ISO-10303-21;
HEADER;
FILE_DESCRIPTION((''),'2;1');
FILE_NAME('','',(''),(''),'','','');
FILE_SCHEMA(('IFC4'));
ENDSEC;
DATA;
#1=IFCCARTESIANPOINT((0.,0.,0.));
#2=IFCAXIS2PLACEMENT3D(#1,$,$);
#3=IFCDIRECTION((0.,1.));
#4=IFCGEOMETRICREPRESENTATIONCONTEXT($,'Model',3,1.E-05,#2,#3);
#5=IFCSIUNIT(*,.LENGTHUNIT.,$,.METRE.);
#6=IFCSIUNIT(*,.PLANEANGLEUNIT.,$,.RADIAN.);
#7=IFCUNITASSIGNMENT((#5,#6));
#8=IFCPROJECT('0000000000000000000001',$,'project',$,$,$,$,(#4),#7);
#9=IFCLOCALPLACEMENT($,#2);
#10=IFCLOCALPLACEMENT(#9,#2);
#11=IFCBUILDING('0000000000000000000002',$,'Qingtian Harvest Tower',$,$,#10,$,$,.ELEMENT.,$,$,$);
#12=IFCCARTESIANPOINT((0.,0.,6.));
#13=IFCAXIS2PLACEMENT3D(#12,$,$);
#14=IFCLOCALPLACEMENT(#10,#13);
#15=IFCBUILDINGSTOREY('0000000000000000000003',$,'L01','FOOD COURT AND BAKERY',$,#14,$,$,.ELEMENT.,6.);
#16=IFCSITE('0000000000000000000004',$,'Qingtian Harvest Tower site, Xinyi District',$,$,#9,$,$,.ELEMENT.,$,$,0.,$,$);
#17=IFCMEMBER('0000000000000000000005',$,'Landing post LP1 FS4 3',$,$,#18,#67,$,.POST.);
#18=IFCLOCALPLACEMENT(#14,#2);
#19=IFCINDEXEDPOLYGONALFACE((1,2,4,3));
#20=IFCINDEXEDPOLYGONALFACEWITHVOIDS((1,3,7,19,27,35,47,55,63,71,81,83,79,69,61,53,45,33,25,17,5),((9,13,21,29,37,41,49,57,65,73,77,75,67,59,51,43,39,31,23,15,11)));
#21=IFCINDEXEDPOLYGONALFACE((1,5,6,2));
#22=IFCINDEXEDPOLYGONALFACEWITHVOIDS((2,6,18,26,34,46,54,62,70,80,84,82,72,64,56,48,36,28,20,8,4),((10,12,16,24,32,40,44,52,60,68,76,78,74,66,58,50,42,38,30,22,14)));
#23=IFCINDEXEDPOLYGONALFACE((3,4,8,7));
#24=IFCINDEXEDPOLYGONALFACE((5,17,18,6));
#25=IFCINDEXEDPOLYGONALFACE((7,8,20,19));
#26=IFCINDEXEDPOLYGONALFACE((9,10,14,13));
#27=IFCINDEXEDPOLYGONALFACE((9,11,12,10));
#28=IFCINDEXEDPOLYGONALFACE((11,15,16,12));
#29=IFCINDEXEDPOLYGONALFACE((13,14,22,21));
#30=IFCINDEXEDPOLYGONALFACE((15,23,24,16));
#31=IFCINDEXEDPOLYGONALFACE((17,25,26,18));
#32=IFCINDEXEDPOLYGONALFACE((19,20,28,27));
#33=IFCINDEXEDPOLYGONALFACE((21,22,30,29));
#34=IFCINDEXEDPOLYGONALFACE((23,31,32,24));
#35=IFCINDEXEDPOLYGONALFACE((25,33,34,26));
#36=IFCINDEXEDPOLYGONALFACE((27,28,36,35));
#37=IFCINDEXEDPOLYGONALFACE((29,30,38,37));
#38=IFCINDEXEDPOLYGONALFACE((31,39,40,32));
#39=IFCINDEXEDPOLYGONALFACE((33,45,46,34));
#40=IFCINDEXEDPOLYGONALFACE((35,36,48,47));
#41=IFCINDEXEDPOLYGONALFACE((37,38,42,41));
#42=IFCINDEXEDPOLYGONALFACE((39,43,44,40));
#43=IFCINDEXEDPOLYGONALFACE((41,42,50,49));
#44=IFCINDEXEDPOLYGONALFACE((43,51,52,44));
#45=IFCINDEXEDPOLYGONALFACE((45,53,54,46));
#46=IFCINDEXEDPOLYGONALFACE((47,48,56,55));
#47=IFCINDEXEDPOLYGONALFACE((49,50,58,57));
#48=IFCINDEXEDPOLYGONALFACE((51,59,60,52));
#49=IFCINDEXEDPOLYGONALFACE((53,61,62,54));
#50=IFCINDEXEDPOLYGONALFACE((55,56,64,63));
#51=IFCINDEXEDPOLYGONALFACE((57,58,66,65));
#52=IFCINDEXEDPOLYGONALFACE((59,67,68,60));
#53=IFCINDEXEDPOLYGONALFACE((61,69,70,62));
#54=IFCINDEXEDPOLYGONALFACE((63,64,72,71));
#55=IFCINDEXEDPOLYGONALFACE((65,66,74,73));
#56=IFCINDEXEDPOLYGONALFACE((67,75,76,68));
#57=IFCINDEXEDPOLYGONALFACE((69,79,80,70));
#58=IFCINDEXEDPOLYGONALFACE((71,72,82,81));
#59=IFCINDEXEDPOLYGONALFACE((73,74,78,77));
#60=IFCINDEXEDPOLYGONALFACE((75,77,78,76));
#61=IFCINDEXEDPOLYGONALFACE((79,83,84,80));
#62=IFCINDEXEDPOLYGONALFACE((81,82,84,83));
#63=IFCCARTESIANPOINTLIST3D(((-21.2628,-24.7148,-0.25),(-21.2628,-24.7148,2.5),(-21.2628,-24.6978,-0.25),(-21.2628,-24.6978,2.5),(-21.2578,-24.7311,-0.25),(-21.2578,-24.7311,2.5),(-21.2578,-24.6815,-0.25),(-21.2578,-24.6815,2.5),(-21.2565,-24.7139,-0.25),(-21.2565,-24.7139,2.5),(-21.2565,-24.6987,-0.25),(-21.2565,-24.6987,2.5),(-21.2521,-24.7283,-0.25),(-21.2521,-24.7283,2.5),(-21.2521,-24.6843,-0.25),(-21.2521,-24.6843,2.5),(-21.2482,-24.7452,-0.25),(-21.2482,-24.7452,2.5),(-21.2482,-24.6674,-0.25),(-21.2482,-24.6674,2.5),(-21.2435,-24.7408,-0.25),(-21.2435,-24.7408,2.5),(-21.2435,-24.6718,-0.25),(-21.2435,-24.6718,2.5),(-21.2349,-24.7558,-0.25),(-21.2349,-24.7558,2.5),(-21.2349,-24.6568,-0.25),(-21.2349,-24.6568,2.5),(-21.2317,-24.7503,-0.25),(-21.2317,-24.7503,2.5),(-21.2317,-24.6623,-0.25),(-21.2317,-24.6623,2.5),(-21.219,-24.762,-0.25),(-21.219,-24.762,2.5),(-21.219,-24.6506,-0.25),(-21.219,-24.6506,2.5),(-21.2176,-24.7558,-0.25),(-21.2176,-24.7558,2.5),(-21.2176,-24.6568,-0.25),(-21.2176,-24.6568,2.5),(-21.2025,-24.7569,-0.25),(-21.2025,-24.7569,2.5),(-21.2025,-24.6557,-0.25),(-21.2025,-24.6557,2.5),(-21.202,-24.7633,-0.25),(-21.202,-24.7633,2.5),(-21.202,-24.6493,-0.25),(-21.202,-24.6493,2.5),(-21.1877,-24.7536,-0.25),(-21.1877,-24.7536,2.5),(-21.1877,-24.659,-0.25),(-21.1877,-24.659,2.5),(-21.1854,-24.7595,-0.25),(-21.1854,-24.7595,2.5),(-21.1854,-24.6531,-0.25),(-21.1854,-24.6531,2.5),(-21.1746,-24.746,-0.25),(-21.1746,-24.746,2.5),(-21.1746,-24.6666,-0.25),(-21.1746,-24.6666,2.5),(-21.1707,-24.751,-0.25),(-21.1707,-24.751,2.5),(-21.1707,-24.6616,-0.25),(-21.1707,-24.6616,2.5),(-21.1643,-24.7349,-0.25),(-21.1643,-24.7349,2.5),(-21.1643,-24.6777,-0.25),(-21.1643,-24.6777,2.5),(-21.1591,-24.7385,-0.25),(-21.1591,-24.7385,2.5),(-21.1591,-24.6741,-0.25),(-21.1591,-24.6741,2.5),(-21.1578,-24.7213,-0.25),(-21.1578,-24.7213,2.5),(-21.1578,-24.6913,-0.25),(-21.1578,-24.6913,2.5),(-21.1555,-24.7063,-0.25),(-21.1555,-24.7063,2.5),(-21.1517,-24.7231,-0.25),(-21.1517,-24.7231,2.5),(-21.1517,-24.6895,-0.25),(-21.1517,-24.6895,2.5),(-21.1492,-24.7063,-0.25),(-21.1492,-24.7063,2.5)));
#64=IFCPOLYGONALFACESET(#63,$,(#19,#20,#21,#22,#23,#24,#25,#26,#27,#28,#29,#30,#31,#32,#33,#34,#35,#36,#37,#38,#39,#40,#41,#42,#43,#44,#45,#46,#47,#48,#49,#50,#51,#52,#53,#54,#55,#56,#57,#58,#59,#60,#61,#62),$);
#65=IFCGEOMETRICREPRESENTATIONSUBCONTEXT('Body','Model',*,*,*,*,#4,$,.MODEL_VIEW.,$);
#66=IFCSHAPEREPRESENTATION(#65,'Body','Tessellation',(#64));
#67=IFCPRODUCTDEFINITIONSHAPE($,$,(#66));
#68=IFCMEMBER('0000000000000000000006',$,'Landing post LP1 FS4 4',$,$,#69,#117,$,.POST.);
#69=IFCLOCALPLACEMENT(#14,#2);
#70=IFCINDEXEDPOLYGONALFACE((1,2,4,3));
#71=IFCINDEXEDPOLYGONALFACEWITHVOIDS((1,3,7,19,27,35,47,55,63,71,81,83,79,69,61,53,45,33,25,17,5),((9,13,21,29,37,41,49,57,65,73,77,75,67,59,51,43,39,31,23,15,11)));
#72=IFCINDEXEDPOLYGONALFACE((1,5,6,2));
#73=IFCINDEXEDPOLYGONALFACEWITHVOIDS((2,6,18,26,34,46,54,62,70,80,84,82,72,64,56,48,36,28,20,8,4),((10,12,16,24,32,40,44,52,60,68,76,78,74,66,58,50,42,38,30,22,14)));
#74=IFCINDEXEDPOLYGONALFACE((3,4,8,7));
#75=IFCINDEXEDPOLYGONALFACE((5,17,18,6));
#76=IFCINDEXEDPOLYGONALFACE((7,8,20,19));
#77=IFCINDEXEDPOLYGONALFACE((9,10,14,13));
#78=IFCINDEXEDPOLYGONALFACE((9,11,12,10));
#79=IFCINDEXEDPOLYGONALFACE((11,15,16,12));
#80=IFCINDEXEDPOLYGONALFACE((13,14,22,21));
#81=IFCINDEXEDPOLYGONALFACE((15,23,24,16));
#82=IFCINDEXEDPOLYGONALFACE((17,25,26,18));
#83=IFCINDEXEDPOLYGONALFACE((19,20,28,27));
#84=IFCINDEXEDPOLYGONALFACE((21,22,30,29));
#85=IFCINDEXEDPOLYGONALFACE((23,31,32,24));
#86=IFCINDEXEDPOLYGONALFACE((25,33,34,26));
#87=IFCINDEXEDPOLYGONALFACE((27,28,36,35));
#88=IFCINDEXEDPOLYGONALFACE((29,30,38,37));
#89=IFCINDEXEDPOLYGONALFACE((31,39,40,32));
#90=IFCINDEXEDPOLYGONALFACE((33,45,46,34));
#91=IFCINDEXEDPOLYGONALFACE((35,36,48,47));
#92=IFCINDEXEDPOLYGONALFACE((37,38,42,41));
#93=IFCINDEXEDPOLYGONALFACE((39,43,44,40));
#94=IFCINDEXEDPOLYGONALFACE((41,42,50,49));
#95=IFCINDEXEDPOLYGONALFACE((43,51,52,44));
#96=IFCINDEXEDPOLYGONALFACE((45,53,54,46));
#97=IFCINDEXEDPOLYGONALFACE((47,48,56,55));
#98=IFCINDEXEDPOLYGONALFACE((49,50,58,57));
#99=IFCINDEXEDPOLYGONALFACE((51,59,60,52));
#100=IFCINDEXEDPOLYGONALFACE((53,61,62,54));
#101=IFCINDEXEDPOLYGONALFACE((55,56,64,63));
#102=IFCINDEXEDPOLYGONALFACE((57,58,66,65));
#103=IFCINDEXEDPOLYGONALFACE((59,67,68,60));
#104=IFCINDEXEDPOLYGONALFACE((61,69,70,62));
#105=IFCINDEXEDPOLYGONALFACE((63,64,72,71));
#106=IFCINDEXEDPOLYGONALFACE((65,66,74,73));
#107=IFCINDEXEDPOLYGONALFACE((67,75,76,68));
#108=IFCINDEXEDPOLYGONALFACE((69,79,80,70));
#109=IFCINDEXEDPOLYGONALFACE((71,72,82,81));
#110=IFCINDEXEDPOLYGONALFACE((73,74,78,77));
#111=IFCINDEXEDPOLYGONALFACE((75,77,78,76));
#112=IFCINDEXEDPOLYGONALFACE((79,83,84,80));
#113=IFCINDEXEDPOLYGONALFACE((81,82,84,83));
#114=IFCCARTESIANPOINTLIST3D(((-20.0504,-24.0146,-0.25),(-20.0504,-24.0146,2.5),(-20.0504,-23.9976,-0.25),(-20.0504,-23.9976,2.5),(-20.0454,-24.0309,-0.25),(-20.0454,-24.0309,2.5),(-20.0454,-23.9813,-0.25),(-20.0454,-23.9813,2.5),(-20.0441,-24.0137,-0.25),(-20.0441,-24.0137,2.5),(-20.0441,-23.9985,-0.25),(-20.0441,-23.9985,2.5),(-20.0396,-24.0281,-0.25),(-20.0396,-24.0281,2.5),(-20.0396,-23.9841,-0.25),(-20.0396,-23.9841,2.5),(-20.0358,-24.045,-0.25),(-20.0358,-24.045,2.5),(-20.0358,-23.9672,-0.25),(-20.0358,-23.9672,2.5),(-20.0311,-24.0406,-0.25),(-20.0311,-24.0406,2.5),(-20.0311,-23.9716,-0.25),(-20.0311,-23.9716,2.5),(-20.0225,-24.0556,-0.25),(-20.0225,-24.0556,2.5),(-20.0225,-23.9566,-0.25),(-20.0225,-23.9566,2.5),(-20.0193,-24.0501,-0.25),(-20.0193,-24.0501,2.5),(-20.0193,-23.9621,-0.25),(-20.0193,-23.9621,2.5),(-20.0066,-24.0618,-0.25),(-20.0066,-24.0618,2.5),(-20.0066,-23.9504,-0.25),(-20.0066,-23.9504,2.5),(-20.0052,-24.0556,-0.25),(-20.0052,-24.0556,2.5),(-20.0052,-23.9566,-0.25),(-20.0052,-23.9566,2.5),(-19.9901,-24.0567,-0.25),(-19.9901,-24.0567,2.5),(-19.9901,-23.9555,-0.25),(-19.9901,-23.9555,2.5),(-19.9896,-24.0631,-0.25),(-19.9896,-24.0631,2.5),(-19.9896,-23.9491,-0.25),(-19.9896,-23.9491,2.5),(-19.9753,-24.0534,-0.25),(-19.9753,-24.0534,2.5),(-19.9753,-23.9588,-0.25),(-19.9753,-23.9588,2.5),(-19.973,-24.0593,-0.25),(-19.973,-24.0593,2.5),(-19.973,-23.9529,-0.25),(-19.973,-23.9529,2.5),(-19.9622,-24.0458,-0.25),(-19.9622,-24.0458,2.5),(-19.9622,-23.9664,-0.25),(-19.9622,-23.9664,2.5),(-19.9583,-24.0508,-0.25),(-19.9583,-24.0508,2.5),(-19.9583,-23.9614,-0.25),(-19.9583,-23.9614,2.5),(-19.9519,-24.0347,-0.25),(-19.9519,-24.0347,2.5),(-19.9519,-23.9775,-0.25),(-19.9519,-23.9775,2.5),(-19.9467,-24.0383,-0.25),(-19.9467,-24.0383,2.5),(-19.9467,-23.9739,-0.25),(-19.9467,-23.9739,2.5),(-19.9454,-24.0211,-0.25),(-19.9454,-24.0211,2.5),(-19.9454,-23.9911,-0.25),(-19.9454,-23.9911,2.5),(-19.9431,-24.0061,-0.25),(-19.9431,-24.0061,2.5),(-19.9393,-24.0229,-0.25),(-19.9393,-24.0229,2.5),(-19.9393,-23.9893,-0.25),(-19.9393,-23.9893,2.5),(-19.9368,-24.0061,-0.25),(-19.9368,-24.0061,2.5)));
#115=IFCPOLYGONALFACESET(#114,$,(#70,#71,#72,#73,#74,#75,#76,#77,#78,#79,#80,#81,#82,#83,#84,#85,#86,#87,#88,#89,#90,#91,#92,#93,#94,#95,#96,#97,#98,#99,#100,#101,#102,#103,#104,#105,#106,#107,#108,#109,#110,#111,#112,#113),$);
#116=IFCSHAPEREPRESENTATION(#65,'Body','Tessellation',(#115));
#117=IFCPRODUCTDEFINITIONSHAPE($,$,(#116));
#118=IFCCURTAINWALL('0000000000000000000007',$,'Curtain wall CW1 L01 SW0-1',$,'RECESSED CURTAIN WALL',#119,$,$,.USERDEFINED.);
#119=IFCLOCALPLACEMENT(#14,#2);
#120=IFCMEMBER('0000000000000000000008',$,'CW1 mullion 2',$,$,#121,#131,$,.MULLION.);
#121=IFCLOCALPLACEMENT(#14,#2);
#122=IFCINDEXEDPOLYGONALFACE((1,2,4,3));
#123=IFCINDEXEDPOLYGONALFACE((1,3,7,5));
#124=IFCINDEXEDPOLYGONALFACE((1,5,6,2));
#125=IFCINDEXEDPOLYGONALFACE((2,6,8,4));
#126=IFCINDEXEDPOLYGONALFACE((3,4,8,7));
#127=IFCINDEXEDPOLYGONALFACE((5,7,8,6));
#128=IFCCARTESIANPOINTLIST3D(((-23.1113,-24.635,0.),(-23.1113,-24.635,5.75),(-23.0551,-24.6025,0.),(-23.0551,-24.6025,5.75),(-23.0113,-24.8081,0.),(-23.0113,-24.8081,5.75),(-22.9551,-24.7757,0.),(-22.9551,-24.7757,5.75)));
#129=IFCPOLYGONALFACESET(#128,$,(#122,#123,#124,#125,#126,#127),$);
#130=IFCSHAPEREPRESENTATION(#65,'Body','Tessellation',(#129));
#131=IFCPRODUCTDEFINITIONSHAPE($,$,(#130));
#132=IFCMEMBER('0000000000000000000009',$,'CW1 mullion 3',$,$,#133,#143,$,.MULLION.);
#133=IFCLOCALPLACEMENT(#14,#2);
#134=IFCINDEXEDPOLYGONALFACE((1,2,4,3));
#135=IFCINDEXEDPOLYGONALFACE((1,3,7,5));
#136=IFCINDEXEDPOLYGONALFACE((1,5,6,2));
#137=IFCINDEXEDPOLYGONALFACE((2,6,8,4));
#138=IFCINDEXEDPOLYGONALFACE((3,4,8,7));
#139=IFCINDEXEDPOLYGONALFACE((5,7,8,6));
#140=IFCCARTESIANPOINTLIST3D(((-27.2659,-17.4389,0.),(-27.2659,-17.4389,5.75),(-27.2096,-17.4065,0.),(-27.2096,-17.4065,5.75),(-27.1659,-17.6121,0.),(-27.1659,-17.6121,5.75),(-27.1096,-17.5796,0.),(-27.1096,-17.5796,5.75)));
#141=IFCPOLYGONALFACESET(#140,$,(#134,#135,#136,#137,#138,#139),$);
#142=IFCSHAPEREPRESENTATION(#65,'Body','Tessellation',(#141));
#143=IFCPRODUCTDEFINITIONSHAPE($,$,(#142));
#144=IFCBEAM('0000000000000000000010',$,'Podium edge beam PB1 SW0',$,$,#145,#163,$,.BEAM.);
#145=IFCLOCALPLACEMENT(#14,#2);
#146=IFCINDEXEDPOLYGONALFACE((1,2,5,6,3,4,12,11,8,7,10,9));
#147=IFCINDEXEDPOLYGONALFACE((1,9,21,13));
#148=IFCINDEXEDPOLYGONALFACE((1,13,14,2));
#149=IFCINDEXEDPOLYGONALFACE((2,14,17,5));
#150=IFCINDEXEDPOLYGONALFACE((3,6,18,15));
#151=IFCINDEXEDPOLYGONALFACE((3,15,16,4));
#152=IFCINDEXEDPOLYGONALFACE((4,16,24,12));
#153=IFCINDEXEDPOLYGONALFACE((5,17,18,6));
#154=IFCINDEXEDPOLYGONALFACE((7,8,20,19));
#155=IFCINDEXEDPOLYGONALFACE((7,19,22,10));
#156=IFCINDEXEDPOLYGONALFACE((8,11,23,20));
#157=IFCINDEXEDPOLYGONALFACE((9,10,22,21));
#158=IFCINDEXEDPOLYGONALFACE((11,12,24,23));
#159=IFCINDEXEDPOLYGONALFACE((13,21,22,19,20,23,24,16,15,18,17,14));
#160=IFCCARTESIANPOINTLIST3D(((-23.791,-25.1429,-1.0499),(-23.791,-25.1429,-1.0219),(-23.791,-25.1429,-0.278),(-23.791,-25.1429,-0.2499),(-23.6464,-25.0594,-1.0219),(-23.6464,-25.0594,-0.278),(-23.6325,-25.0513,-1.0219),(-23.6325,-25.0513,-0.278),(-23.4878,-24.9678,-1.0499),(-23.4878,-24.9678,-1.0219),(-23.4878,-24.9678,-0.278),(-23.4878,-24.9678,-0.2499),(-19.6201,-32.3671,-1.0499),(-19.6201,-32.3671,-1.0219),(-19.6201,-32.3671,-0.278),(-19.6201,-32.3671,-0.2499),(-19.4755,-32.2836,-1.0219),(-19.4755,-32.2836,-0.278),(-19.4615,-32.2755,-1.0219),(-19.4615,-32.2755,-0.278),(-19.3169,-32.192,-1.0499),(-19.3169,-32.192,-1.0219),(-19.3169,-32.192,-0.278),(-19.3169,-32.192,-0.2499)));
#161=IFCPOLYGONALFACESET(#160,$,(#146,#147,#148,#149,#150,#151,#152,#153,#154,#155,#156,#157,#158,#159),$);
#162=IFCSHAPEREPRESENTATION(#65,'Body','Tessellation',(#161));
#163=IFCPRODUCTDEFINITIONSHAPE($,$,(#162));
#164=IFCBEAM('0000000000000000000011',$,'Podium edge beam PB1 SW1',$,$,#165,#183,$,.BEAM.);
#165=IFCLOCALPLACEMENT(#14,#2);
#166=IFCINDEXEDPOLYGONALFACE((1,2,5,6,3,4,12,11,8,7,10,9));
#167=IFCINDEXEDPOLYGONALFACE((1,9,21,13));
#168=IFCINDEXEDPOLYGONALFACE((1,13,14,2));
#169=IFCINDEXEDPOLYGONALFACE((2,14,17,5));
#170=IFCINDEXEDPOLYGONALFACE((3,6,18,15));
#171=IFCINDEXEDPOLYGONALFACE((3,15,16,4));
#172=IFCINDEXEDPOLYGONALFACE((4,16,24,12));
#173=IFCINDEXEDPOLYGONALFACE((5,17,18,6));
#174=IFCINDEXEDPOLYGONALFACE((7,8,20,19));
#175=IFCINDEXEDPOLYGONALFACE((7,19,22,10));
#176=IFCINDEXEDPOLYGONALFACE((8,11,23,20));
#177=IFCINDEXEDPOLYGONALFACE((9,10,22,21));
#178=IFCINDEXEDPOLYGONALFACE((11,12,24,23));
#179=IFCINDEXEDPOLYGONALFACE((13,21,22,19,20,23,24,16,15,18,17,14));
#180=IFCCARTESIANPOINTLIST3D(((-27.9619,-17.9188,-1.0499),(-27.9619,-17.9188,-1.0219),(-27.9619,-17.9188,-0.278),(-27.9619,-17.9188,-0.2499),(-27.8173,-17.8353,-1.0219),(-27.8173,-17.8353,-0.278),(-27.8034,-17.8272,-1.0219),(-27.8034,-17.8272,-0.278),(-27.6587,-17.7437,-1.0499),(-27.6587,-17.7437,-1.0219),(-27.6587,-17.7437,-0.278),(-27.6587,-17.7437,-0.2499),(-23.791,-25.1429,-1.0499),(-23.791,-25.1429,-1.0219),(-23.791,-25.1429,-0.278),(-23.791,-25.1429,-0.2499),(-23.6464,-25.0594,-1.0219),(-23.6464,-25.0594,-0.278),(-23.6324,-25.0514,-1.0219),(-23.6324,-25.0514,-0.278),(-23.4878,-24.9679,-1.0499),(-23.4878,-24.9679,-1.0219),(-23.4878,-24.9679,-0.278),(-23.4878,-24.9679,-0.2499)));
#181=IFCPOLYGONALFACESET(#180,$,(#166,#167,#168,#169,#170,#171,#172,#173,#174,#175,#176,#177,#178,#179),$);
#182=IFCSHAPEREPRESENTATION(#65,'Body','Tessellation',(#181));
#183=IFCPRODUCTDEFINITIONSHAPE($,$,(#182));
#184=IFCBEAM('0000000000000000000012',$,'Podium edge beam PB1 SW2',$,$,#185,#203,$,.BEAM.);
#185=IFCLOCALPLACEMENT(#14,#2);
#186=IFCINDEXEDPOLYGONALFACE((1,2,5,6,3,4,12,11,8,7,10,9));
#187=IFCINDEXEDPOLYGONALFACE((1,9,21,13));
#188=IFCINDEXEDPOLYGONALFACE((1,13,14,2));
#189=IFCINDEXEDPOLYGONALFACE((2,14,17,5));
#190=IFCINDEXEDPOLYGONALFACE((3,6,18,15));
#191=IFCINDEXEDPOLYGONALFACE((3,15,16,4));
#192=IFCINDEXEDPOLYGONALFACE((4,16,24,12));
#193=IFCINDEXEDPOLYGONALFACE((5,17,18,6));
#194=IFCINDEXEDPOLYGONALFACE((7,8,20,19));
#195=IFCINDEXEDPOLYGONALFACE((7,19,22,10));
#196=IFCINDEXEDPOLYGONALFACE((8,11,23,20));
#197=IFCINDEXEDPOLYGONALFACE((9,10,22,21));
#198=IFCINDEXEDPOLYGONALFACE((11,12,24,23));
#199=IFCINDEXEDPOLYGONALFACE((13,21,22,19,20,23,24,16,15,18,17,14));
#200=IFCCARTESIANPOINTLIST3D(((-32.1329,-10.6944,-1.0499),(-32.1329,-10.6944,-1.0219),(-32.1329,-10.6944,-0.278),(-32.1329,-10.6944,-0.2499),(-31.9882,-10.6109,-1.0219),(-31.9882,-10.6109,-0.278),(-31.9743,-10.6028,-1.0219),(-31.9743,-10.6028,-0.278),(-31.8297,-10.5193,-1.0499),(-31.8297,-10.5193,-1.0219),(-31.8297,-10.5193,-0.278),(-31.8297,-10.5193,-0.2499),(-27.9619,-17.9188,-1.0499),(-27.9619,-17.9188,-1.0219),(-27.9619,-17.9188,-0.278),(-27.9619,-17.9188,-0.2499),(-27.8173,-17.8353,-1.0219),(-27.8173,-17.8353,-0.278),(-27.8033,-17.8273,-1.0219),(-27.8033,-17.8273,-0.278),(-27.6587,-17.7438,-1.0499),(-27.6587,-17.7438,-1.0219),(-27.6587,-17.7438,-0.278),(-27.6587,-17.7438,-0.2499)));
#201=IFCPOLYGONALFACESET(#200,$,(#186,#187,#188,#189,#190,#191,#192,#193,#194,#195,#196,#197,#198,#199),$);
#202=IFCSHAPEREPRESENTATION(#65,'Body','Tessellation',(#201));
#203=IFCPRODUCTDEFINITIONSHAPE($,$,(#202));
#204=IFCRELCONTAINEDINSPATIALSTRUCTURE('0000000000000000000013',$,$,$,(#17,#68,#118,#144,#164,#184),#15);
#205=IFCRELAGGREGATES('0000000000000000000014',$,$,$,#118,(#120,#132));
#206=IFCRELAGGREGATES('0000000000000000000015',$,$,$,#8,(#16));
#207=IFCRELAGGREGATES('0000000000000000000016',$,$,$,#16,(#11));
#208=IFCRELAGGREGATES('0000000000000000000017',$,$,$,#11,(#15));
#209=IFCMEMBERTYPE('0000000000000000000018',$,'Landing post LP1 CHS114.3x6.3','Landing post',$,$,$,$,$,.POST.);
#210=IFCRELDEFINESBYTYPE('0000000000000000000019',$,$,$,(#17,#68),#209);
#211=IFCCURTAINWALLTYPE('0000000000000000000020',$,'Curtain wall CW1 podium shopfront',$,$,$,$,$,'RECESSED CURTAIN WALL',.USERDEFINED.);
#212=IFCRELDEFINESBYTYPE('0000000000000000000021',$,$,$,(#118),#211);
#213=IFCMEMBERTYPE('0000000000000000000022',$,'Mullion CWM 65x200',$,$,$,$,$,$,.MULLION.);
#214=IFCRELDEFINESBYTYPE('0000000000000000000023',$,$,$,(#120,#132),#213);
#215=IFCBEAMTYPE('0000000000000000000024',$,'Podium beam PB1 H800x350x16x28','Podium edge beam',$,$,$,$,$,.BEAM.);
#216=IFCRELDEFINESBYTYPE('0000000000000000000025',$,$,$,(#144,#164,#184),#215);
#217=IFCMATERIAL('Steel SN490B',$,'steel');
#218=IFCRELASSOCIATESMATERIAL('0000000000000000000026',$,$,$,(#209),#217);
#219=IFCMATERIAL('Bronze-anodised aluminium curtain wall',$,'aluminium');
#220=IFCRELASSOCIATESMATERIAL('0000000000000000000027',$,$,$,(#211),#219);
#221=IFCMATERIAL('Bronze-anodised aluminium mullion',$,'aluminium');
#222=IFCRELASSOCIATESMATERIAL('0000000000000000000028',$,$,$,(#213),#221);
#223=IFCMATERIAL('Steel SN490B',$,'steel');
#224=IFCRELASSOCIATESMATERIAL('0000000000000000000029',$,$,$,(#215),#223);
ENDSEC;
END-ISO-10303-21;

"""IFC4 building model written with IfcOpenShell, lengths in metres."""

from ifc_helpers import new_model, si_unit, direction, frame, origin, origin_2d, place, context, subcontext, project, spatial, rectangle, hollow_circle, i_section, extrude, material, material_profile, profile_set, type_object, element, aggregate, save


model = new_model("IFC4")

# Units and contexts
model_context = context("Model", 3, precision=1e-05, world=origin(), true_north=direction((0.0, 1.0)))
body_context = subcontext(model_context, "Body", "Model", "MODEL_VIEW")
ifc_project = project(units=[si_unit("LENGTHUNIT", "METRE"), si_unit("PLANEANGLEUNIT", "RADIAN")], contexts=[model_context])

# Site, building, storey
site_placement = place(None, origin())
site = spatial("IfcSite", under=ifc_project, at=site_placement, Name="Qingtian Harvest Tower site, Xinyi District", CompositionType="ELEMENT", RefElevation=0.0)
building_placement = place(site_placement, origin())
building = spatial("IfcBuilding", under=site, at=building_placement, Name="Qingtian Harvest Tower", CompositionType="ELEMENT")
storey_placement = place(building_placement, frame((0.0, 0.0, 6.0)))
storey = spatial("IfcBuildingStorey", under=building, at=storey_placement, Name="L01", Description="FOOD COURT AND BAKERY", CompositionType="ELEMENT", Elevation=6.0)

# Members
ifc_material_1 = material(Name="Steel SN490B", Category="steel")
ifc_material_profile_1 = material_profile(ifc_material_1, hollow_circle(Radius=0.0571, WallThickness=0.0063, at=origin_2d()), Name="CHS114.3x6.3")
ifc_profile_set_1 = profile_set([ifc_material_profile_1], Name="Steel SN490B")
member_type_1 = type_object("IfcMemberType", Name="Landing post LP1 CHS114.3x6.3", Description="Landing post", PredefinedType="POST", material=ifc_profile_set_1)
for number, where, z_axis, x_axis, name in (
    (1, (-21.2063, -24.7063, -0.25), (0.0, 0.0, 1.0), (1.0, 0.0, 0.0), "Landing post LP1 FS4 3"),
    (2, (-19.9939, -24.0061, -0.25), (0.0, 0.0, 1.0), (1.0, 0.0, 0.0), "Landing post LP1 FS4 4"),
):
    element("IfcMember", number, at=place(storey_placement, frame(where, z_axis=z_axis, x_axis=x_axis)), inside=storey, type_object=member_type_1, Name=name, PredefinedType="POST", context=body_context, shape_type="SweptSolid", body=[
        extrude(hollow_circle(Radius=0.0571, WallThickness=0.0063, at=origin_2d()), origin(), (0.0, 0.0, 1.0), 2.75),
    ])

# Curtain wall, members
ifc_material_2 = material(Name="Bronze-anodised aluminium curtain wall", Category="aluminium")
curtain_wall_type = type_object("IfcCurtainWallType", Name="Curtain wall CW1 podium shopfront", ElementType="RECESSED CURTAIN WALL", PredefinedType="USERDEFINED", material=ifc_material_2)
curtain_wall_placement = place(storey_placement, origin())
curtain_wall = element("IfcCurtainWall", 3, at=curtain_wall_placement, inside=storey, type_object=curtain_wall_type, Name="Curtain wall CW1 L01 SW0-1", ObjectType="RECESSED CURTAIN WALL", PredefinedType="USERDEFINED")
ifc_material_3 = material(Name="Bronze-anodised aluminium mullion", Category="aluminium")
ifc_material_profile_2 = material_profile(ifc_material_3, rectangle(XDim=0.0649, YDim=0.2, at=origin_2d()), Name="AL 65x200")
ifc_profile_set_2 = profile_set([ifc_material_profile_2], Name="Bronze-anodised aluminium mullion")
member_type_2 = type_object("IfcMemberType", Name="Mullion CWM 65x200", PredefinedType="MULLION", material=ifc_profile_set_2)
member_1_placement = place(storey_placement, frame((-23.0332, -24.7053, 0.0), z_axis=(0.0, 0.0, 1.0), x_axis=(-0.866025, -0.5, 0.0)))
member_1 = element("IfcMember", 4, at=member_1_placement, type_object=member_type_2, Name="CW1 mullion 2", PredefinedType="MULLION", context=body_context, shape_type="SweptSolid", body=[
    extrude(rectangle(XDim=0.0649, YDim=0.2, at=origin_2d()), origin(), (0.0, 0.0, 1.0), 5.75),
])
member_2_placement = place(storey_placement, frame((-27.1877, -17.5093, 0.0), z_axis=(0.0, 0.0, 1.0), x_axis=(-0.866025, -0.5, 0.0)))
member_2 = element("IfcMember", 5, at=member_2_placement, type_object=member_type_2, Name="CW1 mullion 3", PredefinedType="MULLION", context=body_context, shape_type="SweptSolid", body=[
    extrude(rectangle(XDim=0.0649, YDim=0.2, at=origin_2d()), origin(), (0.0, 0.0, 1.0), 5.75),
])

# Beams
ifc_material_4 = material(Name="Steel SN490B", Category="steel")
ifc_material_profile_3 = material_profile(ifc_material_4, i_section(OverallWidth=0.3501, OverallDepth=0.8, WebThickness=0.0161, FlangeThickness=0.0281, at=origin_2d()), Name="H800x350x16x28")
ifc_profile_set_3 = profile_set([ifc_material_profile_3], Name="Steel SN490B")
beam_type_1 = type_object("IfcBeamType", Name="Podium beam PB1 H800x350x16x28", Description="Podium edge beam", PredefinedType="BEAM", material=ifc_profile_set_3)
for number, where, z_axis, x_axis, name in (
    (6, (-19.4685, -32.2795, -0.6499), (-0.500005, 0.866023, 0.0), (-0.866023, -0.500005, 0.0), "Podium edge beam PB1 SW0"),
    (7, (-23.6394, -25.0554, -0.6499), (-0.500005, 0.866023, 0.0), (-0.866023, -0.500005, 0.0), "Podium edge beam PB1 SW1"),
):
    element("IfcBeam", number, at=place(storey_placement, frame(where, z_axis=z_axis, x_axis=x_axis)), inside=storey, type_object=beam_type_1, Name=name, PredefinedType="BEAM", context=body_context, shape_type="SweptSolid", body=[
        extrude(i_section(OverallWidth=0.3501, OverallDepth=0.8, WebThickness=0.0161, FlangeThickness=0.0281, at=origin_2d()), origin(), (0.0, 0.0, 1.0), 8.3418),
    ])
beam_1_placement = place(storey_placement, frame((-27.8103, -17.8313, -0.6499), z_axis=(-0.499992, 0.86603, 0.0), x_axis=(-0.86603, -0.499992, 0.0)))
element("IfcBeam", 8, at=beam_1_placement, inside=storey, type_object=beam_type_1, Name="Podium edge beam PB1 SW2", PredefinedType="BEAM", context=body_context, shape_type="SweptSolid", body=[
    extrude(i_section(OverallWidth=0.3501, OverallDepth=0.8, WebThickness=0.0161, FlangeThickness=0.0281, at=origin_2d()), origin(), (0.0, 0.0, 1.0), 8.342),
])

aggregate(curtain_wall, [member_1, member_2])

save(model, "model.ifc")
